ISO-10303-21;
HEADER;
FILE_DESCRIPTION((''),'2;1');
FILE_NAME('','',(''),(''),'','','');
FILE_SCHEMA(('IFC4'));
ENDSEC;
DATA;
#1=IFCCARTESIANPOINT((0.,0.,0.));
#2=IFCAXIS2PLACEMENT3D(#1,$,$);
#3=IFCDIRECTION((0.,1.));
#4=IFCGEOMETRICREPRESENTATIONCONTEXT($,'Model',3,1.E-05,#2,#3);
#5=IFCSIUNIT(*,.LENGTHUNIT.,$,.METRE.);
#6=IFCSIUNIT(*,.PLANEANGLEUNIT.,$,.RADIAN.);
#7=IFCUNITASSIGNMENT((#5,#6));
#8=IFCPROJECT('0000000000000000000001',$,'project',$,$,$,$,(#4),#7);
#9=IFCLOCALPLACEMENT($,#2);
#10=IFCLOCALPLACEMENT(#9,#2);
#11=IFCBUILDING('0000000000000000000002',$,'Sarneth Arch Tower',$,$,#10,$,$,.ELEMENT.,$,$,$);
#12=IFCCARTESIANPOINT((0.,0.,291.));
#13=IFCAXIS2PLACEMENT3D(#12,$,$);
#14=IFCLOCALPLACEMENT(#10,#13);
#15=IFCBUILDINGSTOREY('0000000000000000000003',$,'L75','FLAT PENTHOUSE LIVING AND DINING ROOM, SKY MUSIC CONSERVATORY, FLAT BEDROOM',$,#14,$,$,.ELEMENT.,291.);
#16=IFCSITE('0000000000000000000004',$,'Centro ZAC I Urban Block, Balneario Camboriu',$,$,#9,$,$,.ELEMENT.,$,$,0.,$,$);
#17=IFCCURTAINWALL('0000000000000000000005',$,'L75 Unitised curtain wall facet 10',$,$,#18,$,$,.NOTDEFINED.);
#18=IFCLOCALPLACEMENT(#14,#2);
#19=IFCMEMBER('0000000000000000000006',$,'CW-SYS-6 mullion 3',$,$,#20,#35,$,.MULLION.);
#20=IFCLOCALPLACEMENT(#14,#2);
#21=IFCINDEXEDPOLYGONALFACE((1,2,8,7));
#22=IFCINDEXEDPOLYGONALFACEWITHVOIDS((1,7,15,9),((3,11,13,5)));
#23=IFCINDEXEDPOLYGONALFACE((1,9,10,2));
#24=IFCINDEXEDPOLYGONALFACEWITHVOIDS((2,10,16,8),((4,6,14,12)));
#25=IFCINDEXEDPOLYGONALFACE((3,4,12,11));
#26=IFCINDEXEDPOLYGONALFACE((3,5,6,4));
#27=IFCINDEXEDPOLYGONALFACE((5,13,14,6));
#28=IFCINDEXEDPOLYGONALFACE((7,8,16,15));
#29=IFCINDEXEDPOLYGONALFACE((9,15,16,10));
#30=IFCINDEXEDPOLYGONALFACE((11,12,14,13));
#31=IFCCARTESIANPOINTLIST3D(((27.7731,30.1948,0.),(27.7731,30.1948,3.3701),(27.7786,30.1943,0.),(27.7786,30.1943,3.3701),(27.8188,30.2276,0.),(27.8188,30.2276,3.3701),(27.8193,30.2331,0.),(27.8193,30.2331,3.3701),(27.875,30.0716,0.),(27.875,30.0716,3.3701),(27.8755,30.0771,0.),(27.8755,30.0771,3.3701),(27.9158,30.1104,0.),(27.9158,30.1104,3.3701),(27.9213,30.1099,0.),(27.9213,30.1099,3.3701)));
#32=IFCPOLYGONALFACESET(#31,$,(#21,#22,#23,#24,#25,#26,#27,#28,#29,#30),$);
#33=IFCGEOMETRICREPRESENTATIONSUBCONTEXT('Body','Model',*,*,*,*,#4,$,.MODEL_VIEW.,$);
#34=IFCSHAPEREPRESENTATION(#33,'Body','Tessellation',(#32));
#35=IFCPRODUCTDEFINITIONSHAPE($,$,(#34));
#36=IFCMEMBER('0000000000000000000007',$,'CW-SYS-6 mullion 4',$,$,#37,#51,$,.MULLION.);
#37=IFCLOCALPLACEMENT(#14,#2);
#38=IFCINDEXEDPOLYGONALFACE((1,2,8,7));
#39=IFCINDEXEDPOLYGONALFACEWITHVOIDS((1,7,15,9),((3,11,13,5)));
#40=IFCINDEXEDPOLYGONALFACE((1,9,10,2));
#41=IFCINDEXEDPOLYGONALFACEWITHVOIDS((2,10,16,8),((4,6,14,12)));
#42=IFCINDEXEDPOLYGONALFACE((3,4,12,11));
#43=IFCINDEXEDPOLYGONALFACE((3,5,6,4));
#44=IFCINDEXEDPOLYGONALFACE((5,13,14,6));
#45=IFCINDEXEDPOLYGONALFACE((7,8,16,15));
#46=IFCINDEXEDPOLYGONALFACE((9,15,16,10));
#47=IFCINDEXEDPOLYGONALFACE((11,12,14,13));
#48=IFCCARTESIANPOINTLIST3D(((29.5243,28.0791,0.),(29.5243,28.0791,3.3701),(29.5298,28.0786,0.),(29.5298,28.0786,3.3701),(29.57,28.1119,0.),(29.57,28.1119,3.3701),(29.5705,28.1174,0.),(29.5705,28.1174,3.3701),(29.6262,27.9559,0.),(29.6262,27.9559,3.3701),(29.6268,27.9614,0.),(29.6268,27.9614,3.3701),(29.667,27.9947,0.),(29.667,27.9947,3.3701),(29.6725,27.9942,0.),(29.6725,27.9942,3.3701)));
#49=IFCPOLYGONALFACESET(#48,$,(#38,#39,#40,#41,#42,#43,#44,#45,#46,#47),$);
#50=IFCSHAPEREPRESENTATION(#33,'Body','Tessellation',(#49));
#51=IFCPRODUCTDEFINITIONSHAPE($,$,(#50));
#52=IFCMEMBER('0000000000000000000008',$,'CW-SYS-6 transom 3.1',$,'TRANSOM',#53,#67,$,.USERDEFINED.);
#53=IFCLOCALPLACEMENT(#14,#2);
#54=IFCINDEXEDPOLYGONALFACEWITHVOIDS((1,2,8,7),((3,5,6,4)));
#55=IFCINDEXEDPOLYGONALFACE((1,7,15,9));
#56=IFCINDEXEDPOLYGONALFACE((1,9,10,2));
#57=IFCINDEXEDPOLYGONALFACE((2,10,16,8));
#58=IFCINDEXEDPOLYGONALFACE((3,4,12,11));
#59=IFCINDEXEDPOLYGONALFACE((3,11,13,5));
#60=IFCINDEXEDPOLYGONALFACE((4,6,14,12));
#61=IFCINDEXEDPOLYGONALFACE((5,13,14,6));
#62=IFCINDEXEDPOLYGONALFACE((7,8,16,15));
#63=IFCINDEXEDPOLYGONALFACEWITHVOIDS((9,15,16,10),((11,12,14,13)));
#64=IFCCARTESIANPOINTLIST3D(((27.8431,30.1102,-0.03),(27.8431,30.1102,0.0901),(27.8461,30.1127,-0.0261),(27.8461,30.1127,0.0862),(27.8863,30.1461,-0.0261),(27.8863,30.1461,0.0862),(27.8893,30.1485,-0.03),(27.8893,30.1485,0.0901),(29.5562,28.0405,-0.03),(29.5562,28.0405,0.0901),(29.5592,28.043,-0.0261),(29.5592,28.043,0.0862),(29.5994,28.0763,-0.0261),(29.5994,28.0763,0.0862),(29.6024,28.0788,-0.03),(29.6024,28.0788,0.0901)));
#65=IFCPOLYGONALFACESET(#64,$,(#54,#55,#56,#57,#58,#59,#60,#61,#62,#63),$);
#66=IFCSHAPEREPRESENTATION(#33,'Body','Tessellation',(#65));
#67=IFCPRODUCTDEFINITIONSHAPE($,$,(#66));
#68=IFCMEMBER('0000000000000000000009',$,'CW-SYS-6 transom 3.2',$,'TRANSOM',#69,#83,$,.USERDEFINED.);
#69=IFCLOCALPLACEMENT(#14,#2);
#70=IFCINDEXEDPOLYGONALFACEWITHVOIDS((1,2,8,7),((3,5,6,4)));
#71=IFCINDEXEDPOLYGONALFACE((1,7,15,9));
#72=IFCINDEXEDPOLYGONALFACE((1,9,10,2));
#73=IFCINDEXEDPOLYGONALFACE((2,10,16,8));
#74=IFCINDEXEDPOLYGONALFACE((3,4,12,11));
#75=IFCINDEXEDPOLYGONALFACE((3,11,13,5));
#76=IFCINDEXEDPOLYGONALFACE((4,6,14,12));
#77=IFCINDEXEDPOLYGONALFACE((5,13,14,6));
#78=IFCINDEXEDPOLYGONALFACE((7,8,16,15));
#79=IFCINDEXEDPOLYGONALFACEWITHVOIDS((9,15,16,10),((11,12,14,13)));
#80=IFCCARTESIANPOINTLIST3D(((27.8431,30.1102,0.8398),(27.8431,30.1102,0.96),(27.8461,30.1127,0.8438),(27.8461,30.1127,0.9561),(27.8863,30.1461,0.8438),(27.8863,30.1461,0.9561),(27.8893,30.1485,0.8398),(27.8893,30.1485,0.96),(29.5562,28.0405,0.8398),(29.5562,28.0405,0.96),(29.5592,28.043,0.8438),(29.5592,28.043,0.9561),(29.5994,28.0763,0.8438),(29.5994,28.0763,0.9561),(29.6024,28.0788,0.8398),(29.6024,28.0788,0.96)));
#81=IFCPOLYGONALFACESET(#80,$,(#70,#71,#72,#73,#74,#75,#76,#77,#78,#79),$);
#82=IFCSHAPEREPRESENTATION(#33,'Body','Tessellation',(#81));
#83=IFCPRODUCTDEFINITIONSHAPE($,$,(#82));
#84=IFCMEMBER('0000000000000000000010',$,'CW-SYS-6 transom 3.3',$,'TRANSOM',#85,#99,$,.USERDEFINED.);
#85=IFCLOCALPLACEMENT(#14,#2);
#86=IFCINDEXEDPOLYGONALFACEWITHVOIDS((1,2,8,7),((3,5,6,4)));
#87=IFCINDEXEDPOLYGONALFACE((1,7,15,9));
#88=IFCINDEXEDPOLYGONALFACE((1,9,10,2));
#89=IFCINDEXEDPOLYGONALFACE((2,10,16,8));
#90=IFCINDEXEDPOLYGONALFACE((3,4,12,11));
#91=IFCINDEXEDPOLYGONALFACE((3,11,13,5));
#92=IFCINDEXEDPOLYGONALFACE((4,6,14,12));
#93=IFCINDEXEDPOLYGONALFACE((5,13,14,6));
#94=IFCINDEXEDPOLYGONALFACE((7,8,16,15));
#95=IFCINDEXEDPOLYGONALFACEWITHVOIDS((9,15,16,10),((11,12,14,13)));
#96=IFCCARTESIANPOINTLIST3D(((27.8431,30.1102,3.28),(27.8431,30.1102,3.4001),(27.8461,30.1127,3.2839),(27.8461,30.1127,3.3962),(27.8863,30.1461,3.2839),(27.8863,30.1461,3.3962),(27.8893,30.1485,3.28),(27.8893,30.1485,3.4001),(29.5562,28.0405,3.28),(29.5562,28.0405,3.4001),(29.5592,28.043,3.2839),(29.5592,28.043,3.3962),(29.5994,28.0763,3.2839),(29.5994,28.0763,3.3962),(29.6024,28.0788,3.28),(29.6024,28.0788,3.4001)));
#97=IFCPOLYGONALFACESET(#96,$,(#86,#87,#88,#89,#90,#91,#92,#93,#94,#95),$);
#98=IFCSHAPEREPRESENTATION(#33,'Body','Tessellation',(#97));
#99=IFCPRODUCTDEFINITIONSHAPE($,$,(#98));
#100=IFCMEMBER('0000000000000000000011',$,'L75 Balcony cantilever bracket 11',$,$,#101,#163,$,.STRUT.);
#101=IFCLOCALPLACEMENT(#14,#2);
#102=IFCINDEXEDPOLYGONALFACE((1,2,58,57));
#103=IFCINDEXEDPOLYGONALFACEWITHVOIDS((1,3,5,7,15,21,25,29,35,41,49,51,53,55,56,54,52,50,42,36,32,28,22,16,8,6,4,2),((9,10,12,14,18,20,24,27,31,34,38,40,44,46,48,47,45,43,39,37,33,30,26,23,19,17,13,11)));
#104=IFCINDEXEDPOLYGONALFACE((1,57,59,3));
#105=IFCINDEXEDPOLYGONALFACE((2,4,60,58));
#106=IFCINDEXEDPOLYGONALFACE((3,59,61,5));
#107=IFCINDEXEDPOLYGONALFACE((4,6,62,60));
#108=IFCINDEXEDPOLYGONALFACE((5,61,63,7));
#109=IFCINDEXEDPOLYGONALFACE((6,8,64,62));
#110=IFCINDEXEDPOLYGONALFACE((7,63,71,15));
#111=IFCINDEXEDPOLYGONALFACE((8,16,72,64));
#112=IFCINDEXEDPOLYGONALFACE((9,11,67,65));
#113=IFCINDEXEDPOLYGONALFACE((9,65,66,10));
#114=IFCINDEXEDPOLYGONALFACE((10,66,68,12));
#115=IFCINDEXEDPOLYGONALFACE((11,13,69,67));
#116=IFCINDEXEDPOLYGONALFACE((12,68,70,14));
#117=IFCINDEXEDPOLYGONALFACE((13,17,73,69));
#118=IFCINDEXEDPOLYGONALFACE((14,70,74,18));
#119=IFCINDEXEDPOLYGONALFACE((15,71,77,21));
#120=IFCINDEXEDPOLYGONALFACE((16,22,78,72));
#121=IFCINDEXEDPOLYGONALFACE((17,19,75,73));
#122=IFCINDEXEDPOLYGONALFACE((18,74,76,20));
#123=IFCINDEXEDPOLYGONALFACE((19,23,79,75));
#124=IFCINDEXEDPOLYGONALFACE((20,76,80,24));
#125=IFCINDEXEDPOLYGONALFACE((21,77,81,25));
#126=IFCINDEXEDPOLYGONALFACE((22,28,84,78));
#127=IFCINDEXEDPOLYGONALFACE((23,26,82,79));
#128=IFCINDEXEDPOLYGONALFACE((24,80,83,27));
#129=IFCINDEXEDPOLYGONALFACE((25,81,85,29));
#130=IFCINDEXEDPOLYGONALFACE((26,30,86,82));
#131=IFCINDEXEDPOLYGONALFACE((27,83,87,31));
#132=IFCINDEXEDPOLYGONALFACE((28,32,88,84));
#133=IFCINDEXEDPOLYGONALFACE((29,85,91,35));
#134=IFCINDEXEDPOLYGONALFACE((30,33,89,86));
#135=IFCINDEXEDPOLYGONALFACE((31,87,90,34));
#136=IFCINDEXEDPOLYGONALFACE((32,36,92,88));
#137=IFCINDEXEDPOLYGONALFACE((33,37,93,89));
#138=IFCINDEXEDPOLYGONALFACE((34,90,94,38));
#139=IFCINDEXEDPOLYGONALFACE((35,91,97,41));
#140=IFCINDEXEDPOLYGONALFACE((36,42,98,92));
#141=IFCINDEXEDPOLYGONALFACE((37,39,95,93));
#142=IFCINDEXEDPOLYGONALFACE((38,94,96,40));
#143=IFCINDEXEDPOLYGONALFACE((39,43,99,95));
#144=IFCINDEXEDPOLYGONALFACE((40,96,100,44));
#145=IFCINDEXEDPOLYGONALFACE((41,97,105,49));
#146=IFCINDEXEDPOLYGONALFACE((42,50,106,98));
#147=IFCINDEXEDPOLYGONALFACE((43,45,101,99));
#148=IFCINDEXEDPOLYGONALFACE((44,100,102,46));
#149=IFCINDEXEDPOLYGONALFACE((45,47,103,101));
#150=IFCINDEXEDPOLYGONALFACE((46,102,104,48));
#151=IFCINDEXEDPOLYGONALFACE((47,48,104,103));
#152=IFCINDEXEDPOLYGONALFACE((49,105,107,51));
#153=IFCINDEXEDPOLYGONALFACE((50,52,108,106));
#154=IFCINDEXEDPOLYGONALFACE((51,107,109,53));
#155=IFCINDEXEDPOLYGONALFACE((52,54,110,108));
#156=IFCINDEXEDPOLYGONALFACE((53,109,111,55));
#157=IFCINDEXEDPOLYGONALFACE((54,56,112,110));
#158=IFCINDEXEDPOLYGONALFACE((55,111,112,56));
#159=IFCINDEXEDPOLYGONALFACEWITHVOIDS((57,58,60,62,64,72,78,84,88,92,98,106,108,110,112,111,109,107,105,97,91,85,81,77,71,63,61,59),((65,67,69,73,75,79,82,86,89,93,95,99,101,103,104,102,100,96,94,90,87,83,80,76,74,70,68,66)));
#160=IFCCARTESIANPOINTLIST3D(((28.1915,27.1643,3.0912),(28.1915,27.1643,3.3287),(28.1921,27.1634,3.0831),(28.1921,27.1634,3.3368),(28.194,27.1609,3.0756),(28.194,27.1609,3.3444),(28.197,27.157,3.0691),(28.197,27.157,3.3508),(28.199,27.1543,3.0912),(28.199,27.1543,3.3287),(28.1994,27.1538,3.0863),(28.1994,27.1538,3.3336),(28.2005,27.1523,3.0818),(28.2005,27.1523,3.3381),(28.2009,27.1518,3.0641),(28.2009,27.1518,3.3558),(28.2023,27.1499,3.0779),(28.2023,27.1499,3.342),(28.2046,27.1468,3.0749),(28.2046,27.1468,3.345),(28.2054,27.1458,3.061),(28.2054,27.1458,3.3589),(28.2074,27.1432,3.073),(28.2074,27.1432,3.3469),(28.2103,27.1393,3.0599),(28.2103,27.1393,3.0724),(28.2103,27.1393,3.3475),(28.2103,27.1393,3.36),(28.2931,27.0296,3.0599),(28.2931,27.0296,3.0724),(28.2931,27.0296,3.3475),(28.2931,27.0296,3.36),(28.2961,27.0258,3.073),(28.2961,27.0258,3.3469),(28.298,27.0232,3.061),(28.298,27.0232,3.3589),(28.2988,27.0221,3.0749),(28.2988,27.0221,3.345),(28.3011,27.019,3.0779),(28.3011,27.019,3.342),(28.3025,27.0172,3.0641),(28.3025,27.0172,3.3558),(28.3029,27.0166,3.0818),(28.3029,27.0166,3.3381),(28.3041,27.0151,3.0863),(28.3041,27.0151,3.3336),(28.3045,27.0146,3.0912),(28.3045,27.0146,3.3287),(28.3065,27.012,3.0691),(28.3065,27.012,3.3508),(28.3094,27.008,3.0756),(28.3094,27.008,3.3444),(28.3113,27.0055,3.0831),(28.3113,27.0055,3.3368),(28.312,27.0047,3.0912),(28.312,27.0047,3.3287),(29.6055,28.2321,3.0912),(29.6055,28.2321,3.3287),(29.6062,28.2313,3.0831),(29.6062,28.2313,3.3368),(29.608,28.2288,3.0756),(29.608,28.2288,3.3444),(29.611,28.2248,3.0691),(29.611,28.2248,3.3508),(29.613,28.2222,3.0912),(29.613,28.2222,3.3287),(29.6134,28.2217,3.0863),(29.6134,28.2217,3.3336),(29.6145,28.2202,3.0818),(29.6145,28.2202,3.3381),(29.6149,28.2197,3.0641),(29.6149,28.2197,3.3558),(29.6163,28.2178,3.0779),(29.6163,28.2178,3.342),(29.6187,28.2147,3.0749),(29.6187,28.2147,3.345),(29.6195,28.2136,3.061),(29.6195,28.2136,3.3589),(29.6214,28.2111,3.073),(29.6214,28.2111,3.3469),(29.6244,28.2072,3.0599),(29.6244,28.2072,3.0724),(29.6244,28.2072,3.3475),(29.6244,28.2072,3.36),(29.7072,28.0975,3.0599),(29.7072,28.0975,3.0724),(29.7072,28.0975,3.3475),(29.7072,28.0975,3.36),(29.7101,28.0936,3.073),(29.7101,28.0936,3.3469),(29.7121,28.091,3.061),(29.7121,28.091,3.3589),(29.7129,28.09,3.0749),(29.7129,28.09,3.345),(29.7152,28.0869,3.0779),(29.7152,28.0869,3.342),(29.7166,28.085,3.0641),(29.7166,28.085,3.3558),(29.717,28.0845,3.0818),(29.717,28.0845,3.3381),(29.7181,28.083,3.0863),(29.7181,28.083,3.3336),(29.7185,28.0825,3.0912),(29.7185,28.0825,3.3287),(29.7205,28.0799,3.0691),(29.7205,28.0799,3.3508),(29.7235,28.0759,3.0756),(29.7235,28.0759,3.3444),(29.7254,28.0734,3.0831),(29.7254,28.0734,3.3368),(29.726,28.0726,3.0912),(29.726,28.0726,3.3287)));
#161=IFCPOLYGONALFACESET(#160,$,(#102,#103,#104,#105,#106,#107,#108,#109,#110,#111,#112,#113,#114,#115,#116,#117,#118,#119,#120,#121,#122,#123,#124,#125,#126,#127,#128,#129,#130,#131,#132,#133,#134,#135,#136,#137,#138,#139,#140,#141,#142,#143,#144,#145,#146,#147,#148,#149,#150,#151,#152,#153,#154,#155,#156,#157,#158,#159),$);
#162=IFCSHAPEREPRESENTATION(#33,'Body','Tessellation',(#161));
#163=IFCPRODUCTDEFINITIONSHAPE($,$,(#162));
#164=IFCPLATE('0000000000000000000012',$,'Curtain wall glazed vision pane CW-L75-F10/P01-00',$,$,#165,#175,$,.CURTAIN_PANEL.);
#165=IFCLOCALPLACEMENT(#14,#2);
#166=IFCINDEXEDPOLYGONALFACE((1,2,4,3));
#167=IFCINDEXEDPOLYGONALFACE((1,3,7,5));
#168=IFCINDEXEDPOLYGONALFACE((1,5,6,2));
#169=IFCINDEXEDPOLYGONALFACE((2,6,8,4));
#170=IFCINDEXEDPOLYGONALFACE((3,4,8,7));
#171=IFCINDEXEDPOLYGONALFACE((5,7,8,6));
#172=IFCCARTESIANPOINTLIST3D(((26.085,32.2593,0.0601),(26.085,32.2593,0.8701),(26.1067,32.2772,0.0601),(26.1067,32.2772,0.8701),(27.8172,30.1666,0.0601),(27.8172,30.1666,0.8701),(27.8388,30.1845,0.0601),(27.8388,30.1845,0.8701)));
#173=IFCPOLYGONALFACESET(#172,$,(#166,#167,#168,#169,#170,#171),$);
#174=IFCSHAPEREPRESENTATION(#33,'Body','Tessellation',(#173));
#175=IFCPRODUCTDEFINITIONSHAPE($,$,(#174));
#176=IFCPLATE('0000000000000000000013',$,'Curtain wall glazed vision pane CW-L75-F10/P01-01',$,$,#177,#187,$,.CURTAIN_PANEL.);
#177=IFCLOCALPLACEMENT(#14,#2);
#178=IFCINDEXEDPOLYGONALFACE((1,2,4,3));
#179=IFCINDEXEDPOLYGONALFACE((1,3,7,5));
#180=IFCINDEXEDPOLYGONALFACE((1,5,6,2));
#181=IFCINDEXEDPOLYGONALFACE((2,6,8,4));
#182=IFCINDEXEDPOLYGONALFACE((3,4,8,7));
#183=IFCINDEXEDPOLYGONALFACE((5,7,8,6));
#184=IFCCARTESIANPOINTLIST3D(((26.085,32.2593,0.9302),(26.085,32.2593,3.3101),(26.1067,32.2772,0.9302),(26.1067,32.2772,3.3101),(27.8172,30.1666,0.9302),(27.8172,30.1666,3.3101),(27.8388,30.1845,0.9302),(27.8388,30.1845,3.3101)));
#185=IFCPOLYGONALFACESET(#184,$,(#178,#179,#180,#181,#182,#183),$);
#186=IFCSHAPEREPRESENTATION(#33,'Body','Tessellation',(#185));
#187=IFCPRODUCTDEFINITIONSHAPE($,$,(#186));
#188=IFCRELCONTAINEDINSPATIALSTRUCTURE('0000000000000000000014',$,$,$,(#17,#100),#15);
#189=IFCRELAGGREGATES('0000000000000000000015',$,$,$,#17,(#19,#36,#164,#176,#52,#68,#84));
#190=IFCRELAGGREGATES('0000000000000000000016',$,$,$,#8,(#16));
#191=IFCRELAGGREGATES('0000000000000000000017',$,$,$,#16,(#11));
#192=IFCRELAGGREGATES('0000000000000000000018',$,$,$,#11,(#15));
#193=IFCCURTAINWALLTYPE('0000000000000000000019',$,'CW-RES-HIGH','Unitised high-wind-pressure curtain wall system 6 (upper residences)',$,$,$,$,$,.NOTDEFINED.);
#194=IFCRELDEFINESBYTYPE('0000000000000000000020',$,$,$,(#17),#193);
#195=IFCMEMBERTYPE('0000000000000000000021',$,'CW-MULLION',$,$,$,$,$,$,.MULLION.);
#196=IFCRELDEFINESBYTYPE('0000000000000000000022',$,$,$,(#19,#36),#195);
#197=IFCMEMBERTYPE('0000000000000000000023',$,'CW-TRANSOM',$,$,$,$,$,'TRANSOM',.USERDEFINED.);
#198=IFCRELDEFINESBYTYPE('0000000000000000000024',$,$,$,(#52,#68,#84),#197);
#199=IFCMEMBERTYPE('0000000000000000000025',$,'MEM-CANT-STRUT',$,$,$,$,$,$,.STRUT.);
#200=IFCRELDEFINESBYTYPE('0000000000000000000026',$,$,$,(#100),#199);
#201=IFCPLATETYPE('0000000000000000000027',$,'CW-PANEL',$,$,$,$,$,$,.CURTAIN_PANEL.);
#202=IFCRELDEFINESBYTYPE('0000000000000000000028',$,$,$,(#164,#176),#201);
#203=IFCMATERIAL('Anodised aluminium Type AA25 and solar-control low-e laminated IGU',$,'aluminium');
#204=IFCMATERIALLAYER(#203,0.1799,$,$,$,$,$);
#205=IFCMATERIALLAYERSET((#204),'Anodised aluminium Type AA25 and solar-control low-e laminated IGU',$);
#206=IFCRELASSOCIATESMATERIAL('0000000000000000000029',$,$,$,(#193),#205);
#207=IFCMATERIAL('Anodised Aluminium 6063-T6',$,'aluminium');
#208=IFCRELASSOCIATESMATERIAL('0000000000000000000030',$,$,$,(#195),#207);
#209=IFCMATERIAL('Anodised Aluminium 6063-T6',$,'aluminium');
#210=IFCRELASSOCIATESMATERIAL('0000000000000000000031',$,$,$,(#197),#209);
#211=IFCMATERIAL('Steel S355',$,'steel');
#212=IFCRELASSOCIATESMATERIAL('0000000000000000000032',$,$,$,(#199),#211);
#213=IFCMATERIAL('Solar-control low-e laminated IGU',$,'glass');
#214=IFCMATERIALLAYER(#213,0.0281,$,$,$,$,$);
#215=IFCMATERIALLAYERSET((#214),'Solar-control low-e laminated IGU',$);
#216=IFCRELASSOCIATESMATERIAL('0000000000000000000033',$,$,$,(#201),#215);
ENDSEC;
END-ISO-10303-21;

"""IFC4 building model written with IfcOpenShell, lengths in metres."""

from ifc_helpers import new_model, si_unit, direction, frame, origin, origin_2d, place, context, subcontext, project, spatial, rectangle, hollow_rectangle, extrude, material, layer, layer_set, material_profile, profile_set, type_object, element, aggregate, save


model = new_model("IFC4")

# Units and contexts
model_context = context("Model", 3, precision=1e-05, world=origin(), true_north=direction((0.0, 1.0)))
body_context = subcontext(model_context, "Body", "Model", "MODEL_VIEW")
ifc_project = project(units=[si_unit("LENGTHUNIT", "METRE"), si_unit("PLANEANGLEUNIT", "RADIAN")], contexts=[model_context])

# Site, building, storey
site_placement = place(None, origin())
site = spatial("IfcSite", under=ifc_project, at=site_placement, Name="Centro ZAC I Urban Block, Balneario Camboriu", CompositionType="ELEMENT", RefElevation=0.0)
building_placement = place(site_placement, origin())
building = spatial("IfcBuilding", under=site, at=building_placement, Name="Sarneth Arch Tower", CompositionType="ELEMENT")
storey_placement = place(building_placement, frame((0.0, 0.0, 291.0)))
storey = spatial("IfcBuildingStorey", under=building, at=storey_placement, Name="L75", Description="FLAT PENTHOUSE LIVING AND DINING ROOM, SKY MUSIC CONSERVATORY, FLAT BEDROOM", CompositionType="ELEMENT", Elevation=291.0)

# Curtain wall, members
ifc_material_1 = material(Name="Anodised aluminium Type AA25 and solar-control low-e laminated IGU", Category="aluminium")
ifc_layer_1 = layer(ifc_material_1, 0.1799)
ifc_layer_set_1 = layer_set([ifc_layer_1], Name="Anodised aluminium Type AA25 and solar-control low-e laminated IGU")
curtain_wall_type = type_object("IfcCurtainWallType", Name="CW-RES-HIGH", Description="Unitised high-wind-pressure curtain wall system 6 (upper residences)", PredefinedType="NOTDEFINED", material=ifc_layer_set_1)
curtain_wall_placement = place(storey_placement, origin())
curtain_wall = element("IfcCurtainWall", 1, at=curtain_wall_placement, inside=storey, type_object=curtain_wall_type, Name="L75 Unitised curtain wall facet 10", PredefinedType="NOTDEFINED")
ifc_material_2 = material(Name="Anodised Aluminium 6063-T6", Category="aluminium")
ifc_material_profile_1 = material_profile(ifc_material_2, hollow_rectangle(XDim=0.0601, YDim=0.1599, WallThickness=0.0039, at=origin_2d()), Name="AL-MULL-160x60x4")
ifc_profile_set_1 = profile_set([ifc_material_profile_1], Name="Anodised Aluminium 6063-T6")
member_type_1 = type_object("IfcMemberType", Name="CW-MULLION", PredefinedType="MULLION", material=ifc_profile_set_1)
member_1_placement = place(storey_placement, frame((27.8472, 30.1523, 0.0), z_axis=(0.0, 0.0, 1.0), x_axis=(0.770359, 0.63761, 0.0)))
member_1 = element("IfcMember", 2, at=member_1_placement, type_object=member_type_1, Name="CW-SYS-6 mullion 3", PredefinedType="MULLION", context=body_context, shape_type="SweptSolid", body=[
    extrude(hollow_rectangle(XDim=0.0601, YDim=0.1599, WallThickness=0.0039, at=origin_2d()), origin(), (0.0, 0.0, 1.0), 3.3701),
])
member_2_placement = place(storey_placement, frame((29.5984, 28.0366, 0.0), z_axis=(0.0, 0.0, 1.0), x_axis=(0.770359, 0.63761, 0.0)))
member_2 = element("IfcMember", 3, at=member_2_placement, type_object=member_type_1, Name="CW-SYS-6 mullion 4", PredefinedType="MULLION", context=body_context, shape_type="SweptSolid", body=[
    extrude(hollow_rectangle(XDim=0.0601, YDim=0.1599, WallThickness=0.0039, at=origin_2d()), origin(), (0.0, 0.0, 1.0), 3.3701),
])
ifc_material_3 = material(Name="Anodised Aluminium 6063-T6", Category="aluminium")
ifc_material_profile_2 = material_profile(ifc_material_3, hollow_rectangle(XDim=0.0601, YDim=0.1201, WallThickness=0.0039, at=origin_2d()), Name="AL-TRAN-120x60x4")
ifc_profile_set_2 = profile_set([ifc_material_profile_2], Name="Anodised Aluminium 6063-T6")
member_type_2 = type_object("IfcMemberType", Name="CW-TRANSOM", ElementType="TRANSOM", PredefinedType="USERDEFINED", material=ifc_profile_set_2)
member_3_placement = place(storey_placement, frame((27.8662, 30.1294, 0.03), z_axis=(0.637607, -0.770362, 0.0), x_axis=(0.770362, 0.637607, 0.0)))
member_3 = element("IfcMember", 4, at=member_3_placement, type_object=member_type_2, Name="CW-SYS-6 transom 3.1", ObjectType="TRANSOM", PredefinedType="USERDEFINED", context=body_context, shape_type="SweptSolid", body=[
    extrude(hollow_rectangle(XDim=0.0601, YDim=0.1201, WallThickness=0.0039, at=origin_2d()), origin(), (0.0, 0.0, 1.0), 2.6868),
])
member_4_placement = place(storey_placement, frame((27.8662, 30.1294, 0.8999), z_axis=(0.637607, -0.770362, 0.0), x_axis=(0.770362, 0.637607, 0.0)))
member_4 = element("IfcMember", 5, at=member_4_placement, type_object=member_type_2, Name="CW-SYS-6 transom 3.2", ObjectType="TRANSOM", PredefinedType="USERDEFINED", context=body_context, shape_type="SweptSolid", body=[
    extrude(hollow_rectangle(XDim=0.0601, YDim=0.1201, WallThickness=0.0039, at=origin_2d()), origin(), (0.0, 0.0, 1.0), 2.6868),
])
member_5_placement = place(storey_placement, frame((27.8662, 30.1294, 3.3401), z_axis=(0.637607, -0.770362, 0.0), x_axis=(0.770362, 0.637607, 0.0)))
member_5 = element("IfcMember", 6, at=member_5_placement, type_object=member_type_2, Name="CW-SYS-6 transom 3.3", ObjectType="TRANSOM", PredefinedType="USERDEFINED", context=body_context, shape_type="SweptSolid", body=[
    extrude(hollow_rectangle(XDim=0.0601, YDim=0.1201, WallThickness=0.0039, at=origin_2d()), origin(), (0.0, 0.0, 1.0), 2.6868),
])

# Member
ifc_material_4 = material(Name="Steel S355", Category="steel")
ifc_material_profile_3 = material_profile(ifc_material_4, hollow_rectangle(XDim=0.2, YDim=0.3, WallThickness=0.0125, InnerFilletRadius=0.0188, OuterFilletRadius=0.0312, at=origin_2d()), Name="RHS300x200x12.5")
ifc_profile_set_3 = profile_set([ifc_material_profile_3], Name="Steel S355")
member_type_3 = type_object("IfcMemberType", Name="MEM-CANT-STRUT", PredefinedType="STRUT", material=ifc_profile_set_3)
member_6_placement = place(storey_placement, frame((29.6658, 28.1523, 3.21), z_axis=(-0.798012, -0.602642, 0.0), x_axis=(0.602642, -0.798012, 0.0)))
element("IfcMember", 7, at=member_6_placement, inside=storey, type_object=member_type_3, Name="L75 Balcony cantilever bracket 11", PredefinedType="STRUT", context=body_context, shape_type="SweptSolid", body=[
    extrude(hollow_rectangle(XDim=0.2, YDim=0.3, WallThickness=0.0125, InnerFilletRadius=0.0188, OuterFilletRadius=0.0312, at=origin_2d()), origin(), (0.0, 0.0, 1.0), 1.772),
])

# Plates
ifc_material_5 = material(Name="Solar-control low-e laminated IGU", Category="glass")
ifc_layer_2 = layer(ifc_material_5, 0.0281)
ifc_layer_set_2 = layer_set([ifc_layer_2], Name="Solar-control low-e laminated IGU")
plate_type_1 = type_object("IfcPlateType", Name="CW-PANEL", PredefinedType="CURTAIN_PANEL", material=ifc_layer_set_2)
plate_1_placement = place(storey_placement, frame((26.9619, 31.2219, 0.0601), z_axis=(0.0, 0.0, 1.0), x_axis=(0.63761, -0.770359, 0.0)))
plate_1 = element("IfcPlate", 8, at=plate_1_placement, type_object=plate_type_1, Name="Curtain wall glazed vision pane CW-L75-F10/P01-00", PredefinedType="CURTAIN_PANEL", context=body_context, shape_type="SweptSolid", body=[
    extrude(rectangle(XDim=2.7166, YDim=0.0281, at=origin_2d()), origin(), (0.0, 0.0, 1.0), 0.8101),
])
plate_2_placement = place(storey_placement, frame((26.9619, 31.2219, 0.9302), z_axis=(0.0, 0.0, 1.0), x_axis=(0.63761, -0.770359, 0.0)))
plate_2 = element("IfcPlate", 9, at=plate_2_placement, type_object=plate_type_1, Name="Curtain wall glazed vision pane CW-L75-F10/P01-01", PredefinedType="CURTAIN_PANEL", context=body_context, shape_type="SweptSolid", body=[
    extrude(rectangle(XDim=2.7166, YDim=0.0281, at=origin_2d()), origin(), (0.0, 0.0, 1.0), 2.3799),
])
aggregate(curtain_wall, [member_1, member_2, plate_1, plate_2, member_3, member_4, member_5])

save(model, "model.ifc")
